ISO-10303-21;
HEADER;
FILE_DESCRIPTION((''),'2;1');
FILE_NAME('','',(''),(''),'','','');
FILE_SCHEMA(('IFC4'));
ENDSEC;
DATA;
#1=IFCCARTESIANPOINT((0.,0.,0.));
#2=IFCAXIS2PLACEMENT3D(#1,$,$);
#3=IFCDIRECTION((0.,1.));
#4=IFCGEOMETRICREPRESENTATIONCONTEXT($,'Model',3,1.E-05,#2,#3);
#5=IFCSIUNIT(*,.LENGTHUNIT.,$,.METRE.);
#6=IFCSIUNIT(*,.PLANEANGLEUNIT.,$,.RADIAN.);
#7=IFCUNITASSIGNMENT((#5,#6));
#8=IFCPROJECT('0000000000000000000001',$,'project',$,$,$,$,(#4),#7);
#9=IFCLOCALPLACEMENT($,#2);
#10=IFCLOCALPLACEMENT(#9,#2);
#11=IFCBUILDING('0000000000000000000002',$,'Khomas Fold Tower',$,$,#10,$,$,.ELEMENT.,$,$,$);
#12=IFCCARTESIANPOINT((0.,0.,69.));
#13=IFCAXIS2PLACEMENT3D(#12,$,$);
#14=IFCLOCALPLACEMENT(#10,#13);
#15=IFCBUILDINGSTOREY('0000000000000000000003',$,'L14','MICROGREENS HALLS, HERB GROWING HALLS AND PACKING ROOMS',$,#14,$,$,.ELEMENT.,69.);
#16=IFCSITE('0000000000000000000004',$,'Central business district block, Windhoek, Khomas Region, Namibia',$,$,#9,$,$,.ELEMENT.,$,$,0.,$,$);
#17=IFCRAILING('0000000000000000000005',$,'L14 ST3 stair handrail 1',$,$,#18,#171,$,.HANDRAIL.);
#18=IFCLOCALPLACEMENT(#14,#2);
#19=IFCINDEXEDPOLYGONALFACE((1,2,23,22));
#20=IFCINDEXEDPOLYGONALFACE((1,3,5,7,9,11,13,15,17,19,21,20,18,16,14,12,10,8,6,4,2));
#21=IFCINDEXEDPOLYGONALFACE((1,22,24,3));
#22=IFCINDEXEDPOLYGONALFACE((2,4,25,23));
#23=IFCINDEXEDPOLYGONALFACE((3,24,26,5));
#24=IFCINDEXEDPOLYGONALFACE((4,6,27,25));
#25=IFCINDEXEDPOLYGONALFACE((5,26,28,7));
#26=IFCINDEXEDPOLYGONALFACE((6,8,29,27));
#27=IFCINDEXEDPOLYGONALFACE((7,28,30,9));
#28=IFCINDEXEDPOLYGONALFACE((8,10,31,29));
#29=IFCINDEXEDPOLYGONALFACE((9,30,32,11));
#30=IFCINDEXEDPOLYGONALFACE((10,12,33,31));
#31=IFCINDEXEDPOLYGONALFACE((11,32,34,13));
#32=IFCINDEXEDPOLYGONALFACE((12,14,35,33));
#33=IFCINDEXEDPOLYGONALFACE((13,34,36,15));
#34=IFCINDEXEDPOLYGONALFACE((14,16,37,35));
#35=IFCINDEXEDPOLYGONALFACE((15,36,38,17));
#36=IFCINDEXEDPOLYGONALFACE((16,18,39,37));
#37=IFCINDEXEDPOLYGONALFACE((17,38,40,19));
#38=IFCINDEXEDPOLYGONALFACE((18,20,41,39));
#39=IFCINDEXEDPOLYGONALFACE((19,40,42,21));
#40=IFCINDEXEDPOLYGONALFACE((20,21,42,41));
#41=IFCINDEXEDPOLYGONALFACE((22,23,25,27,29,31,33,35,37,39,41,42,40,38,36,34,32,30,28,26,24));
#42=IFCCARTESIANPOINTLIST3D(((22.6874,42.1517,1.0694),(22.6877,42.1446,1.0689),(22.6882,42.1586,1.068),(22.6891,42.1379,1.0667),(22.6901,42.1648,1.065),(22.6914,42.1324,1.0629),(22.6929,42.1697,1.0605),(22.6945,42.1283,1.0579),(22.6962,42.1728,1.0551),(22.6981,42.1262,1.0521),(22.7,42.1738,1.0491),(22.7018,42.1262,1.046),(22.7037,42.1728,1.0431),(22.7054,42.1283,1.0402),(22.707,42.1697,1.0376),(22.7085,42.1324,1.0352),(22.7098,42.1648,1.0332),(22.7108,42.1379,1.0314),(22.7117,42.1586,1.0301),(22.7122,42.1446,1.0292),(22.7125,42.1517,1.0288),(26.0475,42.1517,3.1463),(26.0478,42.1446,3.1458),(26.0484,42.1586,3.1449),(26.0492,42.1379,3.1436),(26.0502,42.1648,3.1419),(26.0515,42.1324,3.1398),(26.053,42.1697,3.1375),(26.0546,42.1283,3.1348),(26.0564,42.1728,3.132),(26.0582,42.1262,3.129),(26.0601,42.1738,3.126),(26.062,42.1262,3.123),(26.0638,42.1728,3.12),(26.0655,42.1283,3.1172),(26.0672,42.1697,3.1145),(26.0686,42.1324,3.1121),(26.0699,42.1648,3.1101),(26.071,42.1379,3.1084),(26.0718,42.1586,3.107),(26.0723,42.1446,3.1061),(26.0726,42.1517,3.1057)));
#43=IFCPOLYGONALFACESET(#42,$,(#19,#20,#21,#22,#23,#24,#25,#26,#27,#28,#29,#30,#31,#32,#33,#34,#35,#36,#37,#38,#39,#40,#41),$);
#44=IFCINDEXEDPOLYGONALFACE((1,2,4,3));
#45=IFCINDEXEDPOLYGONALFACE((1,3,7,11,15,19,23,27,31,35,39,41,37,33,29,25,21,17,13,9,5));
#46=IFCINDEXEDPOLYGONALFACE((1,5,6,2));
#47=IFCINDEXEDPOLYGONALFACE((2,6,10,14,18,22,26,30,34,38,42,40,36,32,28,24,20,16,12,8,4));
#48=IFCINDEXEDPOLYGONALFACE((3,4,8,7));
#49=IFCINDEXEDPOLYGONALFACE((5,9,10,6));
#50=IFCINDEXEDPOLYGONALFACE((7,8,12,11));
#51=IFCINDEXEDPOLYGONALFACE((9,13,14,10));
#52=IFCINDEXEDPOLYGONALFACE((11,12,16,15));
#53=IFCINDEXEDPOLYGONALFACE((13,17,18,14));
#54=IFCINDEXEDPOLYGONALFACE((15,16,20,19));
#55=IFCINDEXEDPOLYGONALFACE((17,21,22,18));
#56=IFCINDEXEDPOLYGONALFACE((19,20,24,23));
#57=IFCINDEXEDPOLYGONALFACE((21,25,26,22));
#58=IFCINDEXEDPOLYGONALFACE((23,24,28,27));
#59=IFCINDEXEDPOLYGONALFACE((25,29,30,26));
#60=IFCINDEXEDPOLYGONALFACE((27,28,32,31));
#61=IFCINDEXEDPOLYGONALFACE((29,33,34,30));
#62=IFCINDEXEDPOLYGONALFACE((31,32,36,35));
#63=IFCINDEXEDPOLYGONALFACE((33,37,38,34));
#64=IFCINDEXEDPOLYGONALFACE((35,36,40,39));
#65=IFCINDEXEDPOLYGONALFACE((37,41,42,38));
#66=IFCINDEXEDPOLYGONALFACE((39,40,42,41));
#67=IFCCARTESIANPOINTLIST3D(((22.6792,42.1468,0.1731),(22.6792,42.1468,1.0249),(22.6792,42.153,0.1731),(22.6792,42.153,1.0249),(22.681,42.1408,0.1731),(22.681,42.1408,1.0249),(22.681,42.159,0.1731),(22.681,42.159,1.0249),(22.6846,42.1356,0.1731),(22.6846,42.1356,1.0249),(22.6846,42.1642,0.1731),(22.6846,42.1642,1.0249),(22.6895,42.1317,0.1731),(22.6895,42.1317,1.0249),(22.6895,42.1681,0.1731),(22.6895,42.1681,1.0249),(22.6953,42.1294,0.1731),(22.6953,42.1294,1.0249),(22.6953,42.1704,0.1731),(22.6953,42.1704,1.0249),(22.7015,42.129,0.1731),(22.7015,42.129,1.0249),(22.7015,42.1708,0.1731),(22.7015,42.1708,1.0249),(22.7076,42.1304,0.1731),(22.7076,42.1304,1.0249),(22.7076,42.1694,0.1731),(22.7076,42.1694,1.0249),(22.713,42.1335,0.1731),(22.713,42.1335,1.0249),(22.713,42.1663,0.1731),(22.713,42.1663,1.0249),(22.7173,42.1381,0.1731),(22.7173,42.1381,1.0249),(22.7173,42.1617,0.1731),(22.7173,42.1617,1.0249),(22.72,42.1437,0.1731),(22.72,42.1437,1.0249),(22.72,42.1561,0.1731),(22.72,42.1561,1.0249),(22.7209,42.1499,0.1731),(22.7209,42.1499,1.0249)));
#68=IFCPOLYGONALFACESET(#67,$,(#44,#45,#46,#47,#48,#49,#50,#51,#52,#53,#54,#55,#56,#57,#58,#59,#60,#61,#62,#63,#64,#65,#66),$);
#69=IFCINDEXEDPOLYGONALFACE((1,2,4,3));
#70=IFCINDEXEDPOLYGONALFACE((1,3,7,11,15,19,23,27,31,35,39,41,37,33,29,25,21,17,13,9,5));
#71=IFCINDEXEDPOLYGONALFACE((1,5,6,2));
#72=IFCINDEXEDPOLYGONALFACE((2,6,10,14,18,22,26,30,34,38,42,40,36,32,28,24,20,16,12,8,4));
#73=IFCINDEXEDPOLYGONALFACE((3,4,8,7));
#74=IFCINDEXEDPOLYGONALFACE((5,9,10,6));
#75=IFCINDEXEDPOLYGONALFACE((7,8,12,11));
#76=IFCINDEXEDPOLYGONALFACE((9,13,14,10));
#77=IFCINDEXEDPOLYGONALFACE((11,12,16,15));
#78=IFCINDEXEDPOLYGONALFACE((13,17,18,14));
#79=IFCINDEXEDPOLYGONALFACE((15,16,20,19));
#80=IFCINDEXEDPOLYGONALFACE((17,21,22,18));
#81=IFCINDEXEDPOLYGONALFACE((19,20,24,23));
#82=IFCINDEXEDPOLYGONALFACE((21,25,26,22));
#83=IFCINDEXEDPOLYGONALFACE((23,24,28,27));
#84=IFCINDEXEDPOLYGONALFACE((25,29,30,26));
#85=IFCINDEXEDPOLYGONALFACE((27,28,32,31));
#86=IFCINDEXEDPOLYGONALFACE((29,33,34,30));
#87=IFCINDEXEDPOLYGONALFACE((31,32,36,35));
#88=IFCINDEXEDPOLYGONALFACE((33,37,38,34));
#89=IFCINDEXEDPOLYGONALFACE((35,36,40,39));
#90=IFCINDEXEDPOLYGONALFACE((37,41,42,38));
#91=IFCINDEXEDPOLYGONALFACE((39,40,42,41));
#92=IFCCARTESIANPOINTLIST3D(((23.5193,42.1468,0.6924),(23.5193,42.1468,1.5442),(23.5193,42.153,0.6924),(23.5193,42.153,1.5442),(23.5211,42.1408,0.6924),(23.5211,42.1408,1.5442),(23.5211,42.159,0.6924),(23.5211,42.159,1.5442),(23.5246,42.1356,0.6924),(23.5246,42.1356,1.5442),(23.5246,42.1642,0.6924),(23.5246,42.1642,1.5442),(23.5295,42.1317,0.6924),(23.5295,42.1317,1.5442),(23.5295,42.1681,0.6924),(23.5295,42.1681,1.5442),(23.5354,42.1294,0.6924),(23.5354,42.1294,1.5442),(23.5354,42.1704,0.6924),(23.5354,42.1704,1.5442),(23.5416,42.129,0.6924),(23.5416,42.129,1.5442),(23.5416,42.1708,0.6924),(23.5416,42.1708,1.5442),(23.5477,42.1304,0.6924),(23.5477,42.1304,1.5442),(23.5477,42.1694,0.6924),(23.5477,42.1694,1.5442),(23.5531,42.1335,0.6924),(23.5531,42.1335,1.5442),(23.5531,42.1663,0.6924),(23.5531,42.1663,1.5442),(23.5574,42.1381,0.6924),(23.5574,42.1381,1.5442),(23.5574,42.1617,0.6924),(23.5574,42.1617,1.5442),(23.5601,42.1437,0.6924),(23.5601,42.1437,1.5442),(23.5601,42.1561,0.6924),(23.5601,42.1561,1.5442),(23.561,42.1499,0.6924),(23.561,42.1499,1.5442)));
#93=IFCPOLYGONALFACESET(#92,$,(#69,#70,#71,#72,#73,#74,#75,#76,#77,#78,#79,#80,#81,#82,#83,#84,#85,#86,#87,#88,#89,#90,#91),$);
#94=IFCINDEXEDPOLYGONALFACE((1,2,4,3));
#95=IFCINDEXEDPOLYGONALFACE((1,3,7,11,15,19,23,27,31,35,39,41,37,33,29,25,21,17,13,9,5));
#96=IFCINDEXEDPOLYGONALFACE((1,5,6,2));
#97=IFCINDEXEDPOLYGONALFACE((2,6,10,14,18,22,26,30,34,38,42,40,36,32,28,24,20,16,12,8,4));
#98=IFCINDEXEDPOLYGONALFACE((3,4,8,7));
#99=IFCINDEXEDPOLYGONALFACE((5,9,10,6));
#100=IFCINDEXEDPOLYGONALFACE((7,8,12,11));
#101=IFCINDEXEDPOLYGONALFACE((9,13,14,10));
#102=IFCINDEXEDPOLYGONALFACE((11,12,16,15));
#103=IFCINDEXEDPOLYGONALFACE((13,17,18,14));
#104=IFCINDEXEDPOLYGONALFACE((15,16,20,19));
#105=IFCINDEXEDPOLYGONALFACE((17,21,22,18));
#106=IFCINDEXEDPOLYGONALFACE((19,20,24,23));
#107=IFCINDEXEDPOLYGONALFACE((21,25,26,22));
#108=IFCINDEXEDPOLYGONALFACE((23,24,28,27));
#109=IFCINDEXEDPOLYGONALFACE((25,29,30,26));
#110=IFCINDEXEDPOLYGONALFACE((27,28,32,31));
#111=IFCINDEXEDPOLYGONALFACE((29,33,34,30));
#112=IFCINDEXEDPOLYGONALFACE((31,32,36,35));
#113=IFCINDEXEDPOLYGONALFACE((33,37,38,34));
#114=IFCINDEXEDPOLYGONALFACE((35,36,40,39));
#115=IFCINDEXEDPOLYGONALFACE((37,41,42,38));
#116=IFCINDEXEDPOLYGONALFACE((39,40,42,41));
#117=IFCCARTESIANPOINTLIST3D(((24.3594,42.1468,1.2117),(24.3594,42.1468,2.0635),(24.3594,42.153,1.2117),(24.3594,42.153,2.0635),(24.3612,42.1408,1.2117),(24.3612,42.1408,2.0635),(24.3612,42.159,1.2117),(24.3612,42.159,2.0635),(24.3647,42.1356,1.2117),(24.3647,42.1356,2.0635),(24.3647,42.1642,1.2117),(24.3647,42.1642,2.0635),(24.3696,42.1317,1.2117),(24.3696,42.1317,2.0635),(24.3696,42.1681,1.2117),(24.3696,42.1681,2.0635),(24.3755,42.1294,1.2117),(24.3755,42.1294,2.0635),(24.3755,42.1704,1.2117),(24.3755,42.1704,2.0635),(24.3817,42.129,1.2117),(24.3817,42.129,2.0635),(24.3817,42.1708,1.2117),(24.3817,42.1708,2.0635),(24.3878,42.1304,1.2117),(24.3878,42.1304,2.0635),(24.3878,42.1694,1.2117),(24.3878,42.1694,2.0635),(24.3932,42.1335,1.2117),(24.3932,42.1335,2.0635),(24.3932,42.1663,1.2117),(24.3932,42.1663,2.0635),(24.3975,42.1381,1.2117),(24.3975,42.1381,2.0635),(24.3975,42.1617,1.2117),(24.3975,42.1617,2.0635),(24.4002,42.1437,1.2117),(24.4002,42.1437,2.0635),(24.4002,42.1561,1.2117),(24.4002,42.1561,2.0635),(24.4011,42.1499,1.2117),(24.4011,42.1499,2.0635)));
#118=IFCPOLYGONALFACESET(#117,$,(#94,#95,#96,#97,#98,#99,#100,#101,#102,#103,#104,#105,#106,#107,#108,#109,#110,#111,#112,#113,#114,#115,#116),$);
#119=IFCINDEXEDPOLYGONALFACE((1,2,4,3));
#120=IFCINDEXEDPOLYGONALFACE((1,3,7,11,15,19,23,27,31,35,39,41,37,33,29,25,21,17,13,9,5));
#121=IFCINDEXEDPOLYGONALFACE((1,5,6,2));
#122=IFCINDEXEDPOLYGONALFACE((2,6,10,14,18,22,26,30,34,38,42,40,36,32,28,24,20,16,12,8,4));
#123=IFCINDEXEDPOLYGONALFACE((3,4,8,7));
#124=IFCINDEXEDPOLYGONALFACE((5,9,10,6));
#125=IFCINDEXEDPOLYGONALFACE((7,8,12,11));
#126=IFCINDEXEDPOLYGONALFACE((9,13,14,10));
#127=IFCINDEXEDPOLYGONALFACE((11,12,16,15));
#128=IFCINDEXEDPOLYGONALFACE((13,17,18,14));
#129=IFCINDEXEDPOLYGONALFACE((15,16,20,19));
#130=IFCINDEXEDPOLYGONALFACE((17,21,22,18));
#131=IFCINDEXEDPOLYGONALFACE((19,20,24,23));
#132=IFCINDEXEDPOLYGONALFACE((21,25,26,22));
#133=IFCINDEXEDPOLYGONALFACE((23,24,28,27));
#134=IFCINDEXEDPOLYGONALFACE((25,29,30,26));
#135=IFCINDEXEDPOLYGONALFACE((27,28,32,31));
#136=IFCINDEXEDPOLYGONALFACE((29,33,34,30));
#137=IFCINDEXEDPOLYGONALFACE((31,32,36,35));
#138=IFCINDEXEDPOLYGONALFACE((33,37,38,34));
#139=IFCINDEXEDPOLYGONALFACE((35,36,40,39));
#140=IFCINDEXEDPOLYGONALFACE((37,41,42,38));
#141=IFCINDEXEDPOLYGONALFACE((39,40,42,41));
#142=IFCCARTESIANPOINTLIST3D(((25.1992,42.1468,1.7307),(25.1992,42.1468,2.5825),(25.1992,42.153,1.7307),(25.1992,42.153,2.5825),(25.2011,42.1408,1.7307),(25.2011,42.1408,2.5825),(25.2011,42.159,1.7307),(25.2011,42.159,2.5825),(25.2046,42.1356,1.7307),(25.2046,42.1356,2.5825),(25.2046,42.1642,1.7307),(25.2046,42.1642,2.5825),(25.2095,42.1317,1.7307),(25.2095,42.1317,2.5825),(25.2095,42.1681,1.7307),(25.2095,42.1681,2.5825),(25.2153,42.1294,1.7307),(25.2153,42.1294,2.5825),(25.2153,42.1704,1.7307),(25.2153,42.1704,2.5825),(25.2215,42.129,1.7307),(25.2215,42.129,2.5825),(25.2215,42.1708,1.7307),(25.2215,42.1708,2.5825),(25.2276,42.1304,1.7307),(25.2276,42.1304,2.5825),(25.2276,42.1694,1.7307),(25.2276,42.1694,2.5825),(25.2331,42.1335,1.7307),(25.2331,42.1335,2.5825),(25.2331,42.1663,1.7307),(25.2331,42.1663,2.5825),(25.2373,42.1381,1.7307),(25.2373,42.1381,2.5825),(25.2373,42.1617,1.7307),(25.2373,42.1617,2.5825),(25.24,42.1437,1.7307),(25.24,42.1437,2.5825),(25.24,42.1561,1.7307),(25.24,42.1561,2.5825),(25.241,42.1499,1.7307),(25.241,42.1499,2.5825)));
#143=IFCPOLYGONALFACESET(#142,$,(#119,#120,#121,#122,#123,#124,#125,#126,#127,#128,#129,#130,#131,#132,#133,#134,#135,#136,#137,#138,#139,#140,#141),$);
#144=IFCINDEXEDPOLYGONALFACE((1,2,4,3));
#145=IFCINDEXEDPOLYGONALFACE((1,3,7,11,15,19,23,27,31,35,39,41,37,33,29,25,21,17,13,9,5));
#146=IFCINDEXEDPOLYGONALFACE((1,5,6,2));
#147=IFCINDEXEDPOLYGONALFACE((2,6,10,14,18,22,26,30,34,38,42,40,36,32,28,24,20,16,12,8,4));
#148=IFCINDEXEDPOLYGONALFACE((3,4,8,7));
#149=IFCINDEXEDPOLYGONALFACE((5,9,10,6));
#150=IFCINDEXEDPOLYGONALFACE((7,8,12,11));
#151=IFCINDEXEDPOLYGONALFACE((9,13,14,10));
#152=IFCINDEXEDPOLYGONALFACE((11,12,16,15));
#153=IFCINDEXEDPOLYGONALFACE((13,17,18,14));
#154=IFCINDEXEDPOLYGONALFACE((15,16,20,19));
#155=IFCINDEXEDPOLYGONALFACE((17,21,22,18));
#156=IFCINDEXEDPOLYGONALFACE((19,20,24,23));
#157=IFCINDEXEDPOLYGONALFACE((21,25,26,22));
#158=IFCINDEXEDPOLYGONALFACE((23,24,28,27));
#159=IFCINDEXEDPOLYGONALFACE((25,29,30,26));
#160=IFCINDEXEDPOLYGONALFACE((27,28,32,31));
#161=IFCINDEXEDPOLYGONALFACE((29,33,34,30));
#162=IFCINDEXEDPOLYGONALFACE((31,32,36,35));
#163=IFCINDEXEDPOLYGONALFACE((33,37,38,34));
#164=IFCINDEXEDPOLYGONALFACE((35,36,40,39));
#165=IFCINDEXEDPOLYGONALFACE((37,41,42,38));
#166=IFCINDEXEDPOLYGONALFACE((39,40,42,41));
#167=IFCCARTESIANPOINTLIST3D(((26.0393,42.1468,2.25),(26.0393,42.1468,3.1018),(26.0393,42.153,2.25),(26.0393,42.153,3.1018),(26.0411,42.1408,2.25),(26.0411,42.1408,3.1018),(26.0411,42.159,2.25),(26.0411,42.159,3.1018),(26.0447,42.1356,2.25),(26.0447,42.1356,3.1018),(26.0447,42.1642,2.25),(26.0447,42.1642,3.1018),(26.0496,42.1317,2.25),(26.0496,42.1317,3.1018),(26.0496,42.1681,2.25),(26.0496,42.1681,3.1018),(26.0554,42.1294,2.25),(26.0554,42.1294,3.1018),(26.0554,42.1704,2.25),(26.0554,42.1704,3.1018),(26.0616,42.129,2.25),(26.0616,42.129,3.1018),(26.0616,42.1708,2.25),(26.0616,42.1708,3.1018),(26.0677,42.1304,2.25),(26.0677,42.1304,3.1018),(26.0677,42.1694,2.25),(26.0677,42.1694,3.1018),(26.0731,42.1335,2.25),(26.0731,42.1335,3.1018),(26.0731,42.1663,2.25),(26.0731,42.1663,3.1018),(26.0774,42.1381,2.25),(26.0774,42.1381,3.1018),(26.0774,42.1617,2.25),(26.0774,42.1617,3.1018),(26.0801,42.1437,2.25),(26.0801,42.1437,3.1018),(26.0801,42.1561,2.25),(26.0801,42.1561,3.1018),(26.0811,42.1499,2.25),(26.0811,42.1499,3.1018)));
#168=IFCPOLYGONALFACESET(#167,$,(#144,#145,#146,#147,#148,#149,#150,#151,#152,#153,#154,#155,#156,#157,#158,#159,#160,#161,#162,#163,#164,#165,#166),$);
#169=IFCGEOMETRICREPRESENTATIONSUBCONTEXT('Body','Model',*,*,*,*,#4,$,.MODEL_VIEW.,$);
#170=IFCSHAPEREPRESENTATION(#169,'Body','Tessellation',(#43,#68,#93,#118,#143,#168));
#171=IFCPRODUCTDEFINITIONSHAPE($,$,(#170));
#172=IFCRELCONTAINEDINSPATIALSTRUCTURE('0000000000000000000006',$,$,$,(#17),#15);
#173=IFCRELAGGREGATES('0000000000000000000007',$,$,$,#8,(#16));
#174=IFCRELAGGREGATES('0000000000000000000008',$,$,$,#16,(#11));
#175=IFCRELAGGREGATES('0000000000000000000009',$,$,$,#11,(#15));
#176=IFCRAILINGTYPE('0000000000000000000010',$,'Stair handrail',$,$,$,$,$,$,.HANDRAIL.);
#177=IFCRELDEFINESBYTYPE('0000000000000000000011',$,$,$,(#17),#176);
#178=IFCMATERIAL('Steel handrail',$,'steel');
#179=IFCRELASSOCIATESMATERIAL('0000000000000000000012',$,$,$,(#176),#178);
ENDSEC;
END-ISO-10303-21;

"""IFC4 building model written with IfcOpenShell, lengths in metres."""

from ifc_helpers import new_model, si_unit, direction, frame, origin, origin_2d, place, context, subcontext, project, spatial, circle, extrude, source, transform, mapped, material, type_object, element, save


model = new_model("IFC4")

# Units and contexts
model_context = context("Model", 3, precision=1e-05, world=origin(), true_north=direction((0.0, 1.0)))
body_context = subcontext(model_context, "Body", "Model", "MODEL_VIEW")
ifc_project = project(units=[si_unit("LENGTHUNIT", "METRE"), si_unit("PLANEANGLEUNIT", "RADIAN")], contexts=[model_context])

# Site, building, storey
site_placement = place(None, origin())
site = spatial("IfcSite", under=ifc_project, at=site_placement, Name="Central business district block, Windhoek, Khomas Region, Namibia", CompositionType="ELEMENT", RefElevation=0.0)
building_placement = place(site_placement, origin())
building = spatial("IfcBuilding", under=site, at=building_placement, Name="Khomas Fold Tower", CompositionType="ELEMENT")
storey_placement = place(building_placement, frame((0.0, 0.0, 69.0)))
storey = spatial("IfcBuildingStorey", under=building, at=storey_placement, Name="L14", Description="MICROGREENS HALLS, HERB GROWING HALLS AND PACKING ROOMS", CompositionType="ELEMENT", Elevation=69.0)

# Railing
ifc_material_1 = material(Name="Steel handrail", Category="steel")
railing_type_1 = type_object("IfcRailingType", Name="Stair handrail", PredefinedType="HANDRAIL", material=ifc_material_1)
shared_shape_1 = source(origin(), body_context, "Body", "SweptSolid", [
    extrude(circle(Radius=0.0239, at=origin_2d()), frame((0.0, 0.0, 0.876), z_axis=(0.850623, 0.0, 0.525776), x_axis=(0.0, 1.0, 0.0)), (0.0, 0.0, 1.0), 3.9502),
    extrude(circle(Radius=0.021, at=origin_2d()), origin(), (0.0, 0.0, 1.0), 0.8518),
    extrude(circle(Radius=0.021, at=origin_2d()), frame((0.8401, 0.0, 0.5193)), (0.0, 0.0, 1.0), 0.8518),
    extrude(circle(Radius=0.021, at=origin_2d()), frame((1.6802, 0.0, 1.0386)), (0.0, 0.0, 1.0), 0.8518),
    extrude(circle(Radius=0.021, at=origin_2d()), frame((2.52, 0.0, 1.5576)), (0.0, 0.0, 1.0), 0.8518),
    extrude(circle(Radius=0.021, at=origin_2d()), frame((3.3601, 0.0, 2.0769)), (0.0, 0.0, 1.0), 0.8518),
])
railing_1_placement = place(storey_placement, frame((22.7, 42.1499, 0.1731)))
element("IfcRailing", 1, at=railing_1_placement, inside=storey, type_object=railing_type_1, Name="L14 ST3 stair handrail 1", PredefinedType="HANDRAIL", context=body_context, shape_type="MappedRepresentation", body=[
    mapped(shared_shape_1, transform((0.0, 0.0, 0.0))),
])

save(model, "model.ifc")
